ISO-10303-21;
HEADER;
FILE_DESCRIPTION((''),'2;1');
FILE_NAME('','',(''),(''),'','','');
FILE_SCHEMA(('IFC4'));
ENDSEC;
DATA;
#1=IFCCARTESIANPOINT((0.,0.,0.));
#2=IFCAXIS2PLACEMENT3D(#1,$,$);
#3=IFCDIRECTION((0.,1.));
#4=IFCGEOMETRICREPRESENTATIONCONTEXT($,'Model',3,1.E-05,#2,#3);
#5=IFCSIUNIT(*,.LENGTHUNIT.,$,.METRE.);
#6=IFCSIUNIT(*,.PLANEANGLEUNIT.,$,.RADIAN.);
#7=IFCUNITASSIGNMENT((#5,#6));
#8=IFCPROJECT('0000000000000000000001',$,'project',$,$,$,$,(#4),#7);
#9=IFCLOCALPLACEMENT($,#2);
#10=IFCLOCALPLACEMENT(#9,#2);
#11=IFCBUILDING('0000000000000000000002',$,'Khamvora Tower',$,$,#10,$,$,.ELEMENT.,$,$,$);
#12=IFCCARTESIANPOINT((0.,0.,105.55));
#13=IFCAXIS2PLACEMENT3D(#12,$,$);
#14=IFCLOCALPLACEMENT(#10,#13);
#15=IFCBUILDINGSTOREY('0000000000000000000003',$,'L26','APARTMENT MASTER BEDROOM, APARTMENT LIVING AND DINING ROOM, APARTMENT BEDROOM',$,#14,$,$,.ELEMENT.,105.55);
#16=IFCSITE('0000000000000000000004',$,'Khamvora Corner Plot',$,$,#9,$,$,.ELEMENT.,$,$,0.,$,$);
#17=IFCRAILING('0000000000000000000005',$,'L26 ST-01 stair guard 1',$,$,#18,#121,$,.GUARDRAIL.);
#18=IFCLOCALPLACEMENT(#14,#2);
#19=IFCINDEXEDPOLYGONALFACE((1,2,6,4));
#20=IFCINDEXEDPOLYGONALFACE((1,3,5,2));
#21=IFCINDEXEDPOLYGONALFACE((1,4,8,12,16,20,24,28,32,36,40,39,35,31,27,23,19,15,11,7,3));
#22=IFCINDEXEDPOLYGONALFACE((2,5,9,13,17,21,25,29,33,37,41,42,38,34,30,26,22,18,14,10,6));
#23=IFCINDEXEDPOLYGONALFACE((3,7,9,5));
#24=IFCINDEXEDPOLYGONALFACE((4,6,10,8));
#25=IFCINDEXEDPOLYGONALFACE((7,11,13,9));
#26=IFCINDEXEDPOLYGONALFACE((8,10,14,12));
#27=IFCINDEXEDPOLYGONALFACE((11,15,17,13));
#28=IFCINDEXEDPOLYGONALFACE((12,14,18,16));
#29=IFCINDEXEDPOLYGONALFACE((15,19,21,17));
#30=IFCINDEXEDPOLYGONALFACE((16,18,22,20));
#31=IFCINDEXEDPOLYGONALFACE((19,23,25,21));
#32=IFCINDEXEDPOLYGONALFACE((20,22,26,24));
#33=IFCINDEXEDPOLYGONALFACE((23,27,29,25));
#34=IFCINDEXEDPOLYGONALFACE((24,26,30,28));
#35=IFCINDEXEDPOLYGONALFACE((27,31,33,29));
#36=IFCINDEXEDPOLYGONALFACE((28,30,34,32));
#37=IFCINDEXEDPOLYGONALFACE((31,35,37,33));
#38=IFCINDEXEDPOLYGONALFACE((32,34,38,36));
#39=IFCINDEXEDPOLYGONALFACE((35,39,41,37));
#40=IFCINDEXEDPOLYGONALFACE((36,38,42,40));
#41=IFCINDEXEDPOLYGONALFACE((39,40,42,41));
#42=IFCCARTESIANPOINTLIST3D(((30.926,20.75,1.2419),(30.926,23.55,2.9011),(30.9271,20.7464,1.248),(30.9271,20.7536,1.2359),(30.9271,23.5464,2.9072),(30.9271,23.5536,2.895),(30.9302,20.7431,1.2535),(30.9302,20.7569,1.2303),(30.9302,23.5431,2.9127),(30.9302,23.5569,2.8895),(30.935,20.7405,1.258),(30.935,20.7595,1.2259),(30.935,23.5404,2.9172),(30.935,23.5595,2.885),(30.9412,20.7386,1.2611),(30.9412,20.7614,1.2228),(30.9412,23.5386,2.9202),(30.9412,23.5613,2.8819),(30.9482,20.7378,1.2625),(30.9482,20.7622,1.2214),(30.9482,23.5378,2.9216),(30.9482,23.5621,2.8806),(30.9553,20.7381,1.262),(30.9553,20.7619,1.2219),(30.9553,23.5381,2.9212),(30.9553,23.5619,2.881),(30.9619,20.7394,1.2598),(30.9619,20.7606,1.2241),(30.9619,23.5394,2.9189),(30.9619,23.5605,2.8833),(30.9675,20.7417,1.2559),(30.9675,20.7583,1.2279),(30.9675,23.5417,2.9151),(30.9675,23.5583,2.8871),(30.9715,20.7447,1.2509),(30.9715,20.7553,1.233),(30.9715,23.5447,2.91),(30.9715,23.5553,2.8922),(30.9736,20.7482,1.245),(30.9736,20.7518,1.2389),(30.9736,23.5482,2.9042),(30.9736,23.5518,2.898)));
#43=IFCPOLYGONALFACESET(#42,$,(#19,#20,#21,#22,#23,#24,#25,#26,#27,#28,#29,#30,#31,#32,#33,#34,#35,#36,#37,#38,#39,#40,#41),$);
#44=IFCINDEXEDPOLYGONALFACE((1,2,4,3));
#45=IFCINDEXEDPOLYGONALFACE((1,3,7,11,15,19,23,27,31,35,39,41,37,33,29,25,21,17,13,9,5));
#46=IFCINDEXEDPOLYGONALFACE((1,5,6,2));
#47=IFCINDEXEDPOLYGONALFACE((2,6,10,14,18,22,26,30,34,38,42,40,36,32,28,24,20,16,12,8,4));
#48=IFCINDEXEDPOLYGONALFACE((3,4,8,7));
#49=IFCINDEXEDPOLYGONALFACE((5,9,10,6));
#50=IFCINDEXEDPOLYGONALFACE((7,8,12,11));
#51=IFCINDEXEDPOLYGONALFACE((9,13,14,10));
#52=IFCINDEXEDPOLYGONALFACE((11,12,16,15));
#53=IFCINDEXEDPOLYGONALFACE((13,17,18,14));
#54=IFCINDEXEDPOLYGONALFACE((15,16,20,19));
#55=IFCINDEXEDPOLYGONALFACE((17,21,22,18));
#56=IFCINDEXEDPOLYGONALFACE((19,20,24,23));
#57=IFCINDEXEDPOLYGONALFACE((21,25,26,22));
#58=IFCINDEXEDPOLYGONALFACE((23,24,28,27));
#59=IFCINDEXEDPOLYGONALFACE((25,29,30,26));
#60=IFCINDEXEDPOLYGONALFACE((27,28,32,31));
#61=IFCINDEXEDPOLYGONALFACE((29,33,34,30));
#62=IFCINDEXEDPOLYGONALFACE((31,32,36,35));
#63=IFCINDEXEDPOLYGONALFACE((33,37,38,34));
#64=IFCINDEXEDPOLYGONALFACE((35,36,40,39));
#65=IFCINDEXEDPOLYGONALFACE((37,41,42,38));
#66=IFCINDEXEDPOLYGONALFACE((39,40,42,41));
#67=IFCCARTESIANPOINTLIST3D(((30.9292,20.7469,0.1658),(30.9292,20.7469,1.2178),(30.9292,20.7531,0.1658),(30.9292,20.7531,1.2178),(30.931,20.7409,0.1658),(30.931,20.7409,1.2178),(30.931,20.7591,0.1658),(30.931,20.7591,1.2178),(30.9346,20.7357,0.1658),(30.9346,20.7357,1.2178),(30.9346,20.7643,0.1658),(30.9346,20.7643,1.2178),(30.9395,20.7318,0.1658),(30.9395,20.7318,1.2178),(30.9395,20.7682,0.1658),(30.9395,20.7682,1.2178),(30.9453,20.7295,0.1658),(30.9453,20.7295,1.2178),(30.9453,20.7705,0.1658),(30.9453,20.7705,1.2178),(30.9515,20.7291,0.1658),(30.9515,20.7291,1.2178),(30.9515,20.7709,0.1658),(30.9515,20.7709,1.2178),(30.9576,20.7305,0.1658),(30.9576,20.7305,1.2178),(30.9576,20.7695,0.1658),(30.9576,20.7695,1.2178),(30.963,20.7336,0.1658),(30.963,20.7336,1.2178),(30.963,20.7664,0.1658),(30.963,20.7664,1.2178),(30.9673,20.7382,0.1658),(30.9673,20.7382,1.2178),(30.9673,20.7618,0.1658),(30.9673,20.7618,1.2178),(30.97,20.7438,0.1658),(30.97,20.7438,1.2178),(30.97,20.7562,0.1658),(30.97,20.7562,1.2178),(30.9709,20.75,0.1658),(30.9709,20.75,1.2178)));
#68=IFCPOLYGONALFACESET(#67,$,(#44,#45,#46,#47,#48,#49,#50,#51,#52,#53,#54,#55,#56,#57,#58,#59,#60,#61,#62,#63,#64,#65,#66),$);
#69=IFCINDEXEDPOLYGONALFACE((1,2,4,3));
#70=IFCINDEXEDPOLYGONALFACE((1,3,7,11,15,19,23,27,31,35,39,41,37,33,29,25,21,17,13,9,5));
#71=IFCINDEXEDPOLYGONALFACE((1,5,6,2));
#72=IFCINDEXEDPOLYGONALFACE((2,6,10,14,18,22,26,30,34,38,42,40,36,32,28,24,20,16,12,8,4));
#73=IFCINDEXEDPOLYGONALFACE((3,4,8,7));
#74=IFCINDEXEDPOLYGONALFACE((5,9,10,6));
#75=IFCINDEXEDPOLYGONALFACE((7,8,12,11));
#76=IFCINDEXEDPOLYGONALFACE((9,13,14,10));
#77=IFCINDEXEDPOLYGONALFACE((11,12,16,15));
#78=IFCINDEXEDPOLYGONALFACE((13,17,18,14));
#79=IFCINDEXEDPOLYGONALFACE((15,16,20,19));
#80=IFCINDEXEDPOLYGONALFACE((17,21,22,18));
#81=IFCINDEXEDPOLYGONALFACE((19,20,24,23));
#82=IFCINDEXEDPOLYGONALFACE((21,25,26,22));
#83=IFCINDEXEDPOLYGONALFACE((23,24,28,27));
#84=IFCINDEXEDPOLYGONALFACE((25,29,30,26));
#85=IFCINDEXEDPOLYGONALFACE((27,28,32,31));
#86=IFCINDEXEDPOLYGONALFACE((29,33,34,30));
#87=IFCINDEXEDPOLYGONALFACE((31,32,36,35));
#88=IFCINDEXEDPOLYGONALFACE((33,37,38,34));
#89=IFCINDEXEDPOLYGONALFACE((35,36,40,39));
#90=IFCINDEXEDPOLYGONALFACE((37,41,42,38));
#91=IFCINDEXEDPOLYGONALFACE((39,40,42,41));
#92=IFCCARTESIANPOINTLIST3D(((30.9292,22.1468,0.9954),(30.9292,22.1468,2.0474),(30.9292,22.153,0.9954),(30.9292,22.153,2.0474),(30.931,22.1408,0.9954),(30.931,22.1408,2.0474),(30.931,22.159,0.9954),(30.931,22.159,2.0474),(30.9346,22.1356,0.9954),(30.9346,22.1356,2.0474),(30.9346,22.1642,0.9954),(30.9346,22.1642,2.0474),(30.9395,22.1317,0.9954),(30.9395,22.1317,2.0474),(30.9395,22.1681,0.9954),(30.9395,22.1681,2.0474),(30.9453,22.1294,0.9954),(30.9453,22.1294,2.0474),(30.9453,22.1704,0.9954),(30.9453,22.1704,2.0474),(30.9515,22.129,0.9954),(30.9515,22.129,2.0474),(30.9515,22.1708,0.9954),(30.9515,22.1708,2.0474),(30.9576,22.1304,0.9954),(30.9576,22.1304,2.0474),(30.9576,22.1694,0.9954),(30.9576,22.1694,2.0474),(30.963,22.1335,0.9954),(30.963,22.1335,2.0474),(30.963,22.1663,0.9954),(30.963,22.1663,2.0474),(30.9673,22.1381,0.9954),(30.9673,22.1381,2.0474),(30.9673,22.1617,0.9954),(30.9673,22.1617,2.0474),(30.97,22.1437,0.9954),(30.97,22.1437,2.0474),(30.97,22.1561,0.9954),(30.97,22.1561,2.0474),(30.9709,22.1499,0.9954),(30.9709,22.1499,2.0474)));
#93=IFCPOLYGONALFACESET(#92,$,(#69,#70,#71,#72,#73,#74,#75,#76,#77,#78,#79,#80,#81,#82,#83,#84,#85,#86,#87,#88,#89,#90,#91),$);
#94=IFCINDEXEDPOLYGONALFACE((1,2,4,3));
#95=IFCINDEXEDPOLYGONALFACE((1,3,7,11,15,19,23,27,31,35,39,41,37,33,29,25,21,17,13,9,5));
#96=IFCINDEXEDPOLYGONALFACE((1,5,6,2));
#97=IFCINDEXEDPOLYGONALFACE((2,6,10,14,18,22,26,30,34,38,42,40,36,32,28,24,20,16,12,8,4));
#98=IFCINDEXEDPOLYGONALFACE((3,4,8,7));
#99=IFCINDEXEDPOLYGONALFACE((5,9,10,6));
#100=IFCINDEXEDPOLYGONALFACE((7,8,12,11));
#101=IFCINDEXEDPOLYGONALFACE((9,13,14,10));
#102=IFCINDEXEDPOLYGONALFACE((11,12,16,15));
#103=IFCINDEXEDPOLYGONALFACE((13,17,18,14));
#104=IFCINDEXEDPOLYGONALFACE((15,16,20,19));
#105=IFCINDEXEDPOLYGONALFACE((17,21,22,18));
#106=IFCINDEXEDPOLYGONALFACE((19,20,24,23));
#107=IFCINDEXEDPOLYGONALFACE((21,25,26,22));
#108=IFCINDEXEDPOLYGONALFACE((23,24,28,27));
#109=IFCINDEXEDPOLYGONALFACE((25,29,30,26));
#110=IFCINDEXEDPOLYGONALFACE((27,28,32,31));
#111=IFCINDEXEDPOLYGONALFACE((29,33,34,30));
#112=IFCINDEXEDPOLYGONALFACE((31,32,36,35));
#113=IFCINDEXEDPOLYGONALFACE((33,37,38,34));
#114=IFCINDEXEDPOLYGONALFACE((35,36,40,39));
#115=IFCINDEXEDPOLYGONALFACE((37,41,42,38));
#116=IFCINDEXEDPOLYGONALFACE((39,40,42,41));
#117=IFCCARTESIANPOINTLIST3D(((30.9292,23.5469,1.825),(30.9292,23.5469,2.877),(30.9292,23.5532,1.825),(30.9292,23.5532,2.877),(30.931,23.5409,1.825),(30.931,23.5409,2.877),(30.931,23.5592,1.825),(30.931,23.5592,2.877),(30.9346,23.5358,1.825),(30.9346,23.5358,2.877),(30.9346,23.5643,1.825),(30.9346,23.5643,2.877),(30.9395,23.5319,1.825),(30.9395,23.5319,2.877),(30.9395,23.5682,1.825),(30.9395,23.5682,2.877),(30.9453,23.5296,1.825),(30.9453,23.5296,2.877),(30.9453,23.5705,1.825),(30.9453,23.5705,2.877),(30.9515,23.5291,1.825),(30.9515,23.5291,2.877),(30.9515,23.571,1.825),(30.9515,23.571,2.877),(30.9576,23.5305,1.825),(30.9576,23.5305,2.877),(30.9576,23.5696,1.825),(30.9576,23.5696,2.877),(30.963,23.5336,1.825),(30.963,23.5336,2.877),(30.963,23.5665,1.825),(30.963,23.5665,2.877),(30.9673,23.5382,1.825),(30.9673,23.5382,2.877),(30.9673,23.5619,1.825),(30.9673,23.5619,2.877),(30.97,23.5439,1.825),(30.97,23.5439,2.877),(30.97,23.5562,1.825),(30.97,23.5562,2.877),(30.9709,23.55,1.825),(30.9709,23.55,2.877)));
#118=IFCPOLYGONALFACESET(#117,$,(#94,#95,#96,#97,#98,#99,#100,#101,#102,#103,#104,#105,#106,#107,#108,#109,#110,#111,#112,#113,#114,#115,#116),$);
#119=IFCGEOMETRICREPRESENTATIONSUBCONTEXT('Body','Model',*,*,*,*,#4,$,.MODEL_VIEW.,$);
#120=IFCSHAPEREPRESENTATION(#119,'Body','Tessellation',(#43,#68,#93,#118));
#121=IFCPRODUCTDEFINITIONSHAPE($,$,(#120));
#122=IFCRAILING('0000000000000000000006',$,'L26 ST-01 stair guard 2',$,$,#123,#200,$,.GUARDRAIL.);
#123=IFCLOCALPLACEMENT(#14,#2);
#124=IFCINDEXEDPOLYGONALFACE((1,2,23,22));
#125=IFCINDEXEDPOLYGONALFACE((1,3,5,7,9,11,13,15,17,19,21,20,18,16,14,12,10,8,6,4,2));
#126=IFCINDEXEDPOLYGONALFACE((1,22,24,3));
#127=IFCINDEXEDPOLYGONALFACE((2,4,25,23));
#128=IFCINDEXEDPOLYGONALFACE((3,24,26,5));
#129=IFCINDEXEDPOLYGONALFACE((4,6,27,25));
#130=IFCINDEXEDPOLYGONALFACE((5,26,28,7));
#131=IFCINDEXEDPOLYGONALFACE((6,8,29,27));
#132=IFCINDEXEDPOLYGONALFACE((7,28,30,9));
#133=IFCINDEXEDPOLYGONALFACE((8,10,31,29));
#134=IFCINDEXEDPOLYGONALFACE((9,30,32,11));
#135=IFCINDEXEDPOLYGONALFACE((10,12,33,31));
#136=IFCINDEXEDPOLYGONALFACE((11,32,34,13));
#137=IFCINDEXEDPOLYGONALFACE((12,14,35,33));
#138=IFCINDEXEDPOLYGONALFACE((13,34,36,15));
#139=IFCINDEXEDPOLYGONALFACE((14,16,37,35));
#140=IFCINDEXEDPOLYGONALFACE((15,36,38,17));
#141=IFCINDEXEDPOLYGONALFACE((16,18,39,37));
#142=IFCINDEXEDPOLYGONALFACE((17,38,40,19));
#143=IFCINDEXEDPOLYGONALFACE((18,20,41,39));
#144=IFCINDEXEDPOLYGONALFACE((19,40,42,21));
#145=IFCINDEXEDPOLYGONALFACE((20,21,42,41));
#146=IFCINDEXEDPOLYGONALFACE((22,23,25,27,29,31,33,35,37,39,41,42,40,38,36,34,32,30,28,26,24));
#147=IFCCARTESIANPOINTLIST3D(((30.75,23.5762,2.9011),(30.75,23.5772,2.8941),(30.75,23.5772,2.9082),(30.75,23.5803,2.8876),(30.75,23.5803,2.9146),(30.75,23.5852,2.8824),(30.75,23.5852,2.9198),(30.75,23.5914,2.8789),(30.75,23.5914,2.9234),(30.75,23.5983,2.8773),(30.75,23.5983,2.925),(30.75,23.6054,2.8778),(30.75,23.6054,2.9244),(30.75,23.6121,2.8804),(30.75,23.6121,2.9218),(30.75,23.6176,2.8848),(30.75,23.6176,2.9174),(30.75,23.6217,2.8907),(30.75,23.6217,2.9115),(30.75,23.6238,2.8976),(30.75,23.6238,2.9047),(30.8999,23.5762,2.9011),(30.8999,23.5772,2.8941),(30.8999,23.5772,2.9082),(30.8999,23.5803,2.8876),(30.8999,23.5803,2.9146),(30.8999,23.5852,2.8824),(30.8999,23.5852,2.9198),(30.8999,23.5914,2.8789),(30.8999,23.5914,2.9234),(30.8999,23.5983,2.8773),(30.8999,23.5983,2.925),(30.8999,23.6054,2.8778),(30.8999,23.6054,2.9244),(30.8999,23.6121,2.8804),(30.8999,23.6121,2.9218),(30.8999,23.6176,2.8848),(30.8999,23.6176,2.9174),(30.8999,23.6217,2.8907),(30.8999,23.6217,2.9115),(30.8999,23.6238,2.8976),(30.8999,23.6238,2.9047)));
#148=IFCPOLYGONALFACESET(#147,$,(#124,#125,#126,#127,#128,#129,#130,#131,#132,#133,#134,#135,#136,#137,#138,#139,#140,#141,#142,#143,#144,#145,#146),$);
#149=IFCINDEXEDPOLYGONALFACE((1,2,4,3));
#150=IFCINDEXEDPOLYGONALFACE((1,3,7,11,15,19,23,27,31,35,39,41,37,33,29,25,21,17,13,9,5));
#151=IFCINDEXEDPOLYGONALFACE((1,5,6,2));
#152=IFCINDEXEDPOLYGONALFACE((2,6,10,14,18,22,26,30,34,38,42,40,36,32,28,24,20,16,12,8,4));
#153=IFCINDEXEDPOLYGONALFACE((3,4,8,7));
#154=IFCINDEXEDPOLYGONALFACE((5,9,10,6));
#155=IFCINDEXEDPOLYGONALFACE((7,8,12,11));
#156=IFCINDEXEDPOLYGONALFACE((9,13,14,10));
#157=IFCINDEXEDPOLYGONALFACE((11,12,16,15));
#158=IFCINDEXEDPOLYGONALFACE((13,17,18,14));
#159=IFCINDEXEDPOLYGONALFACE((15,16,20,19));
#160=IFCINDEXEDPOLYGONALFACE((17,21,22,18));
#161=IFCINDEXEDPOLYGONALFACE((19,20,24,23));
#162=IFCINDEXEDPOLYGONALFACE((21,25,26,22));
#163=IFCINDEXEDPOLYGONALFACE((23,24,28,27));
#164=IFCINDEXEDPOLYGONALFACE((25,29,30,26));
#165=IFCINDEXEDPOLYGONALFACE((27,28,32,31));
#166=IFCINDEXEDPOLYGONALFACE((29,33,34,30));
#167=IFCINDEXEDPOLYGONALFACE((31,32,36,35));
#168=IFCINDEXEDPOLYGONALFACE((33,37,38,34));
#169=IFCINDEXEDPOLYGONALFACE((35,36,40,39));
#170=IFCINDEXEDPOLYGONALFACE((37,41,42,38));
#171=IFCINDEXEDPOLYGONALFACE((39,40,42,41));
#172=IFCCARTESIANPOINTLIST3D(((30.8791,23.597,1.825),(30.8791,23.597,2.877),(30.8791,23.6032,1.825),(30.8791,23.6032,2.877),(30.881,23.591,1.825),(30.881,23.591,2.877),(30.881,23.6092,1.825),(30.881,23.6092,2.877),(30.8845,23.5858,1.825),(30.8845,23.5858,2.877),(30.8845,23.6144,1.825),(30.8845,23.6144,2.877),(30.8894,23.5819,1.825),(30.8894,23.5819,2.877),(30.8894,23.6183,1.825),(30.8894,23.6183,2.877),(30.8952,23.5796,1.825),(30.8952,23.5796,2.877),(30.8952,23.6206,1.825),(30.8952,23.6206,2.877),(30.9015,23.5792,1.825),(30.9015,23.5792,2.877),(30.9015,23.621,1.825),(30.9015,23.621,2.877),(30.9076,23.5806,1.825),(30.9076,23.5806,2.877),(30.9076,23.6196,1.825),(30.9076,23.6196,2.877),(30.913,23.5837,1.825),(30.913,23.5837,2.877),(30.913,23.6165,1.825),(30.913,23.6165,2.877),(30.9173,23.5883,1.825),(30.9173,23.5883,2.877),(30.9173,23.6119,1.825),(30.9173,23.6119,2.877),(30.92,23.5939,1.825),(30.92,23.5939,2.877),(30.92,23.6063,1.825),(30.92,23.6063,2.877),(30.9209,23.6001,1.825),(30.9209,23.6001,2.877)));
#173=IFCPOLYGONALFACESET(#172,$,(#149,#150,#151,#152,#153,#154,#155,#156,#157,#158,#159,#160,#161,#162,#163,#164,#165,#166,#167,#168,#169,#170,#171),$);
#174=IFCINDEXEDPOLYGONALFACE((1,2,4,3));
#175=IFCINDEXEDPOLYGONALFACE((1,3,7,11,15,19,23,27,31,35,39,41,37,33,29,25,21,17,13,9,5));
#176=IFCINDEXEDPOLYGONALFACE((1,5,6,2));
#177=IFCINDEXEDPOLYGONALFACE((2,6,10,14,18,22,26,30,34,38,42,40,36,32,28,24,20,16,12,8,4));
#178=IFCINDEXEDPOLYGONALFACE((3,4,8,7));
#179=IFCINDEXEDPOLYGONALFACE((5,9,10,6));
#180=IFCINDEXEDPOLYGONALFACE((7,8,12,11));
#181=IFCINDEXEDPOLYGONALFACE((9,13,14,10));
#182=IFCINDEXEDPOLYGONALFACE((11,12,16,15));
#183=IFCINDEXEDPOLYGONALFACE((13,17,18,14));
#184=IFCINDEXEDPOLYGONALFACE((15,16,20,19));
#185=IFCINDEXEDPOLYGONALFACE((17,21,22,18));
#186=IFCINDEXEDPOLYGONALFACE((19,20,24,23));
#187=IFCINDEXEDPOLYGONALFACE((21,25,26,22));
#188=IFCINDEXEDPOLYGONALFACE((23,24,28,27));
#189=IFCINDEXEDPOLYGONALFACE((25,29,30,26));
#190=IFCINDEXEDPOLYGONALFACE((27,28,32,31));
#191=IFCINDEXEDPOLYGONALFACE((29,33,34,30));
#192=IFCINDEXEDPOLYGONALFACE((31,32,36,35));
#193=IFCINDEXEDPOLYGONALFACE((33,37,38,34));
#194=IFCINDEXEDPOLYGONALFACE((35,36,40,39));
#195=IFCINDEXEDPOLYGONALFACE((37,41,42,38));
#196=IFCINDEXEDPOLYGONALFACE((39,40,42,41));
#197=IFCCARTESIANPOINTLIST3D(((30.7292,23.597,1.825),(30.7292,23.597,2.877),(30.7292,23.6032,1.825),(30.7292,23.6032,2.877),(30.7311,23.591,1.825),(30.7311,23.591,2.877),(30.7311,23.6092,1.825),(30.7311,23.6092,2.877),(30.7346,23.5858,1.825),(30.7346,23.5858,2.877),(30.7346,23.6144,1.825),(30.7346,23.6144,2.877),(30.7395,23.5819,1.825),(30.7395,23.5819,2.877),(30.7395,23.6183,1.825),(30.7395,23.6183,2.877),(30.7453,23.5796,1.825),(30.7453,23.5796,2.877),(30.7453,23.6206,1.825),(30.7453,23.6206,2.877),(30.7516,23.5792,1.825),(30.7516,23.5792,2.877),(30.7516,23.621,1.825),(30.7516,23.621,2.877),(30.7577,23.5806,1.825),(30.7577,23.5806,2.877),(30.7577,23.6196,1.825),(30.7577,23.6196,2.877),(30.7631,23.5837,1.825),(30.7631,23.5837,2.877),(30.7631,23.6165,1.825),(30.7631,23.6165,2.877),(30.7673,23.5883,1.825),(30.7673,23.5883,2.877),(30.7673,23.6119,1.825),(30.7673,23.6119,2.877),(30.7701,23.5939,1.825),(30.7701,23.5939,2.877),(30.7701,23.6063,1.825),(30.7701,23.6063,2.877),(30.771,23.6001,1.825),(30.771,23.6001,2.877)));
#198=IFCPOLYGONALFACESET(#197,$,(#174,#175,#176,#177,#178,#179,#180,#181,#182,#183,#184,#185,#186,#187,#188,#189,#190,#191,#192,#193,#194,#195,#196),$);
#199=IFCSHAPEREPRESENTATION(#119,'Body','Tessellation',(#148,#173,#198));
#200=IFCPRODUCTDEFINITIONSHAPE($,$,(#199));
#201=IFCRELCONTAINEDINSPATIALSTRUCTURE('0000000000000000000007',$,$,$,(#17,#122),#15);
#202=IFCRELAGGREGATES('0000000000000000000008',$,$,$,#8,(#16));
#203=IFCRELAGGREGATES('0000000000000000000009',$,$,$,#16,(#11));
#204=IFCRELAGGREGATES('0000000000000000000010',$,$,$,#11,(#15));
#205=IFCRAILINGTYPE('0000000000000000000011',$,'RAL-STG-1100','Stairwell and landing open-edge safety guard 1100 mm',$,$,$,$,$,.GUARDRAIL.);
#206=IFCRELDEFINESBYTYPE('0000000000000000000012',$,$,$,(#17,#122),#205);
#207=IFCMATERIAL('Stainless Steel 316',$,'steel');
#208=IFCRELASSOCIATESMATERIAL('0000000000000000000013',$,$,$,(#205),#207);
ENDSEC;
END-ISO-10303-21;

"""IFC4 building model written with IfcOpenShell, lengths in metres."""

from ifc_helpers import new_model, si_unit, direction, frame, origin, origin_2d, place, context, subcontext, project, spatial, circle, extrude, material, type_object, element, save


model = new_model("IFC4")

# Units and contexts
model_context = context("Model", 3, precision=1e-05, world=origin(), true_north=direction((0.0, 1.0)))
body_context = subcontext(model_context, "Body", "Model", "MODEL_VIEW")
ifc_project = project(units=[si_unit("LENGTHUNIT", "METRE"), si_unit("PLANEANGLEUNIT", "RADIAN")], contexts=[model_context])

# Site, building, storey
site_placement = place(None, origin())
site = spatial("IfcSite", under=ifc_project, at=site_placement, Name="Khamvora Corner Plot", CompositionType="ELEMENT", RefElevation=0.0)
building_placement = place(site_placement, origin())
building = spatial("IfcBuilding", under=site, at=building_placement, Name="Khamvora Tower", CompositionType="ELEMENT")
storey_placement = place(building_placement, frame((0.0, 0.0, 105.55)))
storey = spatial("IfcBuildingStorey", under=building, at=storey_placement, Name="L26", Description="APARTMENT MASTER BEDROOM, APARTMENT LIVING AND DINING ROOM, APARTMENT BEDROOM", CompositionType="ELEMENT", Elevation=105.55)

# Railings
ifc_material_1 = material(Name="Stainless Steel 316", Category="steel")
railing_type_1 = type_object("IfcRailingType", Name="RAL-STG-1100", Description="Stairwell and landing open-edge safety guard 1100 mm", PredefinedType="GUARDRAIL", material=ifc_material_1)
railing_1_placement = place(storey_placement, frame((30.95, 20.75, 0.1658)))
element("IfcRailing", 1, at=railing_1_placement, inside=storey, type_object=railing_type_1, Name="L26 ST-01 stair guard 1", PredefinedType="GUARDRAIL", context=body_context, shape_type="SweptSolid", body=[
    extrude(circle(Radius=0.0239, at=origin_2d()), frame((0.0, 0.0, 1.0762), z_axis=(0.0, 0.860306, 0.509778), x_axis=(-1.0, 0.0, 0.0)), (0.0, 0.0, 1.0), 3.2546),
    extrude(circle(Radius=0.021, at=origin_2d()), origin(), (0.0, 0.0, 1.0), 1.052),
    extrude(circle(Radius=0.021, at=origin_2d()), frame((0.0, 1.3999, 0.8296)), (0.0, 0.0, 1.0), 1.052),
    extrude(circle(Radius=0.021, at=origin_2d()), frame((0.0, 2.8, 1.6592)), (0.0, 0.0, 1.0), 1.052),
])
railing_2_placement = place(storey_placement, frame((30.8999, 23.6001, 1.825)))
element("IfcRailing", 2, at=railing_2_placement, inside=storey, type_object=railing_type_1, Name="L26 ST-01 stair guard 2", PredefinedType="GUARDRAIL", context=body_context, shape_type="SweptSolid", body=[
    extrude(circle(Radius=0.0239, at=origin_2d()), frame((0.0, 0.0, 1.0762), z_axis=(-1.0, 0.0, 0.0), x_axis=(0.0, -1.0, 0.0)), (0.0, 0.0, 1.0), 0.1499),
    extrude(circle(Radius=0.021, at=origin_2d()), origin(), (0.0, 0.0, 1.0), 1.052),
    extrude(circle(Radius=0.021, at=origin_2d()), frame((-0.1499, 0.0, 0.0)), (0.0, 0.0, 1.0), 1.052),
])

save(model, "model.ifc")
